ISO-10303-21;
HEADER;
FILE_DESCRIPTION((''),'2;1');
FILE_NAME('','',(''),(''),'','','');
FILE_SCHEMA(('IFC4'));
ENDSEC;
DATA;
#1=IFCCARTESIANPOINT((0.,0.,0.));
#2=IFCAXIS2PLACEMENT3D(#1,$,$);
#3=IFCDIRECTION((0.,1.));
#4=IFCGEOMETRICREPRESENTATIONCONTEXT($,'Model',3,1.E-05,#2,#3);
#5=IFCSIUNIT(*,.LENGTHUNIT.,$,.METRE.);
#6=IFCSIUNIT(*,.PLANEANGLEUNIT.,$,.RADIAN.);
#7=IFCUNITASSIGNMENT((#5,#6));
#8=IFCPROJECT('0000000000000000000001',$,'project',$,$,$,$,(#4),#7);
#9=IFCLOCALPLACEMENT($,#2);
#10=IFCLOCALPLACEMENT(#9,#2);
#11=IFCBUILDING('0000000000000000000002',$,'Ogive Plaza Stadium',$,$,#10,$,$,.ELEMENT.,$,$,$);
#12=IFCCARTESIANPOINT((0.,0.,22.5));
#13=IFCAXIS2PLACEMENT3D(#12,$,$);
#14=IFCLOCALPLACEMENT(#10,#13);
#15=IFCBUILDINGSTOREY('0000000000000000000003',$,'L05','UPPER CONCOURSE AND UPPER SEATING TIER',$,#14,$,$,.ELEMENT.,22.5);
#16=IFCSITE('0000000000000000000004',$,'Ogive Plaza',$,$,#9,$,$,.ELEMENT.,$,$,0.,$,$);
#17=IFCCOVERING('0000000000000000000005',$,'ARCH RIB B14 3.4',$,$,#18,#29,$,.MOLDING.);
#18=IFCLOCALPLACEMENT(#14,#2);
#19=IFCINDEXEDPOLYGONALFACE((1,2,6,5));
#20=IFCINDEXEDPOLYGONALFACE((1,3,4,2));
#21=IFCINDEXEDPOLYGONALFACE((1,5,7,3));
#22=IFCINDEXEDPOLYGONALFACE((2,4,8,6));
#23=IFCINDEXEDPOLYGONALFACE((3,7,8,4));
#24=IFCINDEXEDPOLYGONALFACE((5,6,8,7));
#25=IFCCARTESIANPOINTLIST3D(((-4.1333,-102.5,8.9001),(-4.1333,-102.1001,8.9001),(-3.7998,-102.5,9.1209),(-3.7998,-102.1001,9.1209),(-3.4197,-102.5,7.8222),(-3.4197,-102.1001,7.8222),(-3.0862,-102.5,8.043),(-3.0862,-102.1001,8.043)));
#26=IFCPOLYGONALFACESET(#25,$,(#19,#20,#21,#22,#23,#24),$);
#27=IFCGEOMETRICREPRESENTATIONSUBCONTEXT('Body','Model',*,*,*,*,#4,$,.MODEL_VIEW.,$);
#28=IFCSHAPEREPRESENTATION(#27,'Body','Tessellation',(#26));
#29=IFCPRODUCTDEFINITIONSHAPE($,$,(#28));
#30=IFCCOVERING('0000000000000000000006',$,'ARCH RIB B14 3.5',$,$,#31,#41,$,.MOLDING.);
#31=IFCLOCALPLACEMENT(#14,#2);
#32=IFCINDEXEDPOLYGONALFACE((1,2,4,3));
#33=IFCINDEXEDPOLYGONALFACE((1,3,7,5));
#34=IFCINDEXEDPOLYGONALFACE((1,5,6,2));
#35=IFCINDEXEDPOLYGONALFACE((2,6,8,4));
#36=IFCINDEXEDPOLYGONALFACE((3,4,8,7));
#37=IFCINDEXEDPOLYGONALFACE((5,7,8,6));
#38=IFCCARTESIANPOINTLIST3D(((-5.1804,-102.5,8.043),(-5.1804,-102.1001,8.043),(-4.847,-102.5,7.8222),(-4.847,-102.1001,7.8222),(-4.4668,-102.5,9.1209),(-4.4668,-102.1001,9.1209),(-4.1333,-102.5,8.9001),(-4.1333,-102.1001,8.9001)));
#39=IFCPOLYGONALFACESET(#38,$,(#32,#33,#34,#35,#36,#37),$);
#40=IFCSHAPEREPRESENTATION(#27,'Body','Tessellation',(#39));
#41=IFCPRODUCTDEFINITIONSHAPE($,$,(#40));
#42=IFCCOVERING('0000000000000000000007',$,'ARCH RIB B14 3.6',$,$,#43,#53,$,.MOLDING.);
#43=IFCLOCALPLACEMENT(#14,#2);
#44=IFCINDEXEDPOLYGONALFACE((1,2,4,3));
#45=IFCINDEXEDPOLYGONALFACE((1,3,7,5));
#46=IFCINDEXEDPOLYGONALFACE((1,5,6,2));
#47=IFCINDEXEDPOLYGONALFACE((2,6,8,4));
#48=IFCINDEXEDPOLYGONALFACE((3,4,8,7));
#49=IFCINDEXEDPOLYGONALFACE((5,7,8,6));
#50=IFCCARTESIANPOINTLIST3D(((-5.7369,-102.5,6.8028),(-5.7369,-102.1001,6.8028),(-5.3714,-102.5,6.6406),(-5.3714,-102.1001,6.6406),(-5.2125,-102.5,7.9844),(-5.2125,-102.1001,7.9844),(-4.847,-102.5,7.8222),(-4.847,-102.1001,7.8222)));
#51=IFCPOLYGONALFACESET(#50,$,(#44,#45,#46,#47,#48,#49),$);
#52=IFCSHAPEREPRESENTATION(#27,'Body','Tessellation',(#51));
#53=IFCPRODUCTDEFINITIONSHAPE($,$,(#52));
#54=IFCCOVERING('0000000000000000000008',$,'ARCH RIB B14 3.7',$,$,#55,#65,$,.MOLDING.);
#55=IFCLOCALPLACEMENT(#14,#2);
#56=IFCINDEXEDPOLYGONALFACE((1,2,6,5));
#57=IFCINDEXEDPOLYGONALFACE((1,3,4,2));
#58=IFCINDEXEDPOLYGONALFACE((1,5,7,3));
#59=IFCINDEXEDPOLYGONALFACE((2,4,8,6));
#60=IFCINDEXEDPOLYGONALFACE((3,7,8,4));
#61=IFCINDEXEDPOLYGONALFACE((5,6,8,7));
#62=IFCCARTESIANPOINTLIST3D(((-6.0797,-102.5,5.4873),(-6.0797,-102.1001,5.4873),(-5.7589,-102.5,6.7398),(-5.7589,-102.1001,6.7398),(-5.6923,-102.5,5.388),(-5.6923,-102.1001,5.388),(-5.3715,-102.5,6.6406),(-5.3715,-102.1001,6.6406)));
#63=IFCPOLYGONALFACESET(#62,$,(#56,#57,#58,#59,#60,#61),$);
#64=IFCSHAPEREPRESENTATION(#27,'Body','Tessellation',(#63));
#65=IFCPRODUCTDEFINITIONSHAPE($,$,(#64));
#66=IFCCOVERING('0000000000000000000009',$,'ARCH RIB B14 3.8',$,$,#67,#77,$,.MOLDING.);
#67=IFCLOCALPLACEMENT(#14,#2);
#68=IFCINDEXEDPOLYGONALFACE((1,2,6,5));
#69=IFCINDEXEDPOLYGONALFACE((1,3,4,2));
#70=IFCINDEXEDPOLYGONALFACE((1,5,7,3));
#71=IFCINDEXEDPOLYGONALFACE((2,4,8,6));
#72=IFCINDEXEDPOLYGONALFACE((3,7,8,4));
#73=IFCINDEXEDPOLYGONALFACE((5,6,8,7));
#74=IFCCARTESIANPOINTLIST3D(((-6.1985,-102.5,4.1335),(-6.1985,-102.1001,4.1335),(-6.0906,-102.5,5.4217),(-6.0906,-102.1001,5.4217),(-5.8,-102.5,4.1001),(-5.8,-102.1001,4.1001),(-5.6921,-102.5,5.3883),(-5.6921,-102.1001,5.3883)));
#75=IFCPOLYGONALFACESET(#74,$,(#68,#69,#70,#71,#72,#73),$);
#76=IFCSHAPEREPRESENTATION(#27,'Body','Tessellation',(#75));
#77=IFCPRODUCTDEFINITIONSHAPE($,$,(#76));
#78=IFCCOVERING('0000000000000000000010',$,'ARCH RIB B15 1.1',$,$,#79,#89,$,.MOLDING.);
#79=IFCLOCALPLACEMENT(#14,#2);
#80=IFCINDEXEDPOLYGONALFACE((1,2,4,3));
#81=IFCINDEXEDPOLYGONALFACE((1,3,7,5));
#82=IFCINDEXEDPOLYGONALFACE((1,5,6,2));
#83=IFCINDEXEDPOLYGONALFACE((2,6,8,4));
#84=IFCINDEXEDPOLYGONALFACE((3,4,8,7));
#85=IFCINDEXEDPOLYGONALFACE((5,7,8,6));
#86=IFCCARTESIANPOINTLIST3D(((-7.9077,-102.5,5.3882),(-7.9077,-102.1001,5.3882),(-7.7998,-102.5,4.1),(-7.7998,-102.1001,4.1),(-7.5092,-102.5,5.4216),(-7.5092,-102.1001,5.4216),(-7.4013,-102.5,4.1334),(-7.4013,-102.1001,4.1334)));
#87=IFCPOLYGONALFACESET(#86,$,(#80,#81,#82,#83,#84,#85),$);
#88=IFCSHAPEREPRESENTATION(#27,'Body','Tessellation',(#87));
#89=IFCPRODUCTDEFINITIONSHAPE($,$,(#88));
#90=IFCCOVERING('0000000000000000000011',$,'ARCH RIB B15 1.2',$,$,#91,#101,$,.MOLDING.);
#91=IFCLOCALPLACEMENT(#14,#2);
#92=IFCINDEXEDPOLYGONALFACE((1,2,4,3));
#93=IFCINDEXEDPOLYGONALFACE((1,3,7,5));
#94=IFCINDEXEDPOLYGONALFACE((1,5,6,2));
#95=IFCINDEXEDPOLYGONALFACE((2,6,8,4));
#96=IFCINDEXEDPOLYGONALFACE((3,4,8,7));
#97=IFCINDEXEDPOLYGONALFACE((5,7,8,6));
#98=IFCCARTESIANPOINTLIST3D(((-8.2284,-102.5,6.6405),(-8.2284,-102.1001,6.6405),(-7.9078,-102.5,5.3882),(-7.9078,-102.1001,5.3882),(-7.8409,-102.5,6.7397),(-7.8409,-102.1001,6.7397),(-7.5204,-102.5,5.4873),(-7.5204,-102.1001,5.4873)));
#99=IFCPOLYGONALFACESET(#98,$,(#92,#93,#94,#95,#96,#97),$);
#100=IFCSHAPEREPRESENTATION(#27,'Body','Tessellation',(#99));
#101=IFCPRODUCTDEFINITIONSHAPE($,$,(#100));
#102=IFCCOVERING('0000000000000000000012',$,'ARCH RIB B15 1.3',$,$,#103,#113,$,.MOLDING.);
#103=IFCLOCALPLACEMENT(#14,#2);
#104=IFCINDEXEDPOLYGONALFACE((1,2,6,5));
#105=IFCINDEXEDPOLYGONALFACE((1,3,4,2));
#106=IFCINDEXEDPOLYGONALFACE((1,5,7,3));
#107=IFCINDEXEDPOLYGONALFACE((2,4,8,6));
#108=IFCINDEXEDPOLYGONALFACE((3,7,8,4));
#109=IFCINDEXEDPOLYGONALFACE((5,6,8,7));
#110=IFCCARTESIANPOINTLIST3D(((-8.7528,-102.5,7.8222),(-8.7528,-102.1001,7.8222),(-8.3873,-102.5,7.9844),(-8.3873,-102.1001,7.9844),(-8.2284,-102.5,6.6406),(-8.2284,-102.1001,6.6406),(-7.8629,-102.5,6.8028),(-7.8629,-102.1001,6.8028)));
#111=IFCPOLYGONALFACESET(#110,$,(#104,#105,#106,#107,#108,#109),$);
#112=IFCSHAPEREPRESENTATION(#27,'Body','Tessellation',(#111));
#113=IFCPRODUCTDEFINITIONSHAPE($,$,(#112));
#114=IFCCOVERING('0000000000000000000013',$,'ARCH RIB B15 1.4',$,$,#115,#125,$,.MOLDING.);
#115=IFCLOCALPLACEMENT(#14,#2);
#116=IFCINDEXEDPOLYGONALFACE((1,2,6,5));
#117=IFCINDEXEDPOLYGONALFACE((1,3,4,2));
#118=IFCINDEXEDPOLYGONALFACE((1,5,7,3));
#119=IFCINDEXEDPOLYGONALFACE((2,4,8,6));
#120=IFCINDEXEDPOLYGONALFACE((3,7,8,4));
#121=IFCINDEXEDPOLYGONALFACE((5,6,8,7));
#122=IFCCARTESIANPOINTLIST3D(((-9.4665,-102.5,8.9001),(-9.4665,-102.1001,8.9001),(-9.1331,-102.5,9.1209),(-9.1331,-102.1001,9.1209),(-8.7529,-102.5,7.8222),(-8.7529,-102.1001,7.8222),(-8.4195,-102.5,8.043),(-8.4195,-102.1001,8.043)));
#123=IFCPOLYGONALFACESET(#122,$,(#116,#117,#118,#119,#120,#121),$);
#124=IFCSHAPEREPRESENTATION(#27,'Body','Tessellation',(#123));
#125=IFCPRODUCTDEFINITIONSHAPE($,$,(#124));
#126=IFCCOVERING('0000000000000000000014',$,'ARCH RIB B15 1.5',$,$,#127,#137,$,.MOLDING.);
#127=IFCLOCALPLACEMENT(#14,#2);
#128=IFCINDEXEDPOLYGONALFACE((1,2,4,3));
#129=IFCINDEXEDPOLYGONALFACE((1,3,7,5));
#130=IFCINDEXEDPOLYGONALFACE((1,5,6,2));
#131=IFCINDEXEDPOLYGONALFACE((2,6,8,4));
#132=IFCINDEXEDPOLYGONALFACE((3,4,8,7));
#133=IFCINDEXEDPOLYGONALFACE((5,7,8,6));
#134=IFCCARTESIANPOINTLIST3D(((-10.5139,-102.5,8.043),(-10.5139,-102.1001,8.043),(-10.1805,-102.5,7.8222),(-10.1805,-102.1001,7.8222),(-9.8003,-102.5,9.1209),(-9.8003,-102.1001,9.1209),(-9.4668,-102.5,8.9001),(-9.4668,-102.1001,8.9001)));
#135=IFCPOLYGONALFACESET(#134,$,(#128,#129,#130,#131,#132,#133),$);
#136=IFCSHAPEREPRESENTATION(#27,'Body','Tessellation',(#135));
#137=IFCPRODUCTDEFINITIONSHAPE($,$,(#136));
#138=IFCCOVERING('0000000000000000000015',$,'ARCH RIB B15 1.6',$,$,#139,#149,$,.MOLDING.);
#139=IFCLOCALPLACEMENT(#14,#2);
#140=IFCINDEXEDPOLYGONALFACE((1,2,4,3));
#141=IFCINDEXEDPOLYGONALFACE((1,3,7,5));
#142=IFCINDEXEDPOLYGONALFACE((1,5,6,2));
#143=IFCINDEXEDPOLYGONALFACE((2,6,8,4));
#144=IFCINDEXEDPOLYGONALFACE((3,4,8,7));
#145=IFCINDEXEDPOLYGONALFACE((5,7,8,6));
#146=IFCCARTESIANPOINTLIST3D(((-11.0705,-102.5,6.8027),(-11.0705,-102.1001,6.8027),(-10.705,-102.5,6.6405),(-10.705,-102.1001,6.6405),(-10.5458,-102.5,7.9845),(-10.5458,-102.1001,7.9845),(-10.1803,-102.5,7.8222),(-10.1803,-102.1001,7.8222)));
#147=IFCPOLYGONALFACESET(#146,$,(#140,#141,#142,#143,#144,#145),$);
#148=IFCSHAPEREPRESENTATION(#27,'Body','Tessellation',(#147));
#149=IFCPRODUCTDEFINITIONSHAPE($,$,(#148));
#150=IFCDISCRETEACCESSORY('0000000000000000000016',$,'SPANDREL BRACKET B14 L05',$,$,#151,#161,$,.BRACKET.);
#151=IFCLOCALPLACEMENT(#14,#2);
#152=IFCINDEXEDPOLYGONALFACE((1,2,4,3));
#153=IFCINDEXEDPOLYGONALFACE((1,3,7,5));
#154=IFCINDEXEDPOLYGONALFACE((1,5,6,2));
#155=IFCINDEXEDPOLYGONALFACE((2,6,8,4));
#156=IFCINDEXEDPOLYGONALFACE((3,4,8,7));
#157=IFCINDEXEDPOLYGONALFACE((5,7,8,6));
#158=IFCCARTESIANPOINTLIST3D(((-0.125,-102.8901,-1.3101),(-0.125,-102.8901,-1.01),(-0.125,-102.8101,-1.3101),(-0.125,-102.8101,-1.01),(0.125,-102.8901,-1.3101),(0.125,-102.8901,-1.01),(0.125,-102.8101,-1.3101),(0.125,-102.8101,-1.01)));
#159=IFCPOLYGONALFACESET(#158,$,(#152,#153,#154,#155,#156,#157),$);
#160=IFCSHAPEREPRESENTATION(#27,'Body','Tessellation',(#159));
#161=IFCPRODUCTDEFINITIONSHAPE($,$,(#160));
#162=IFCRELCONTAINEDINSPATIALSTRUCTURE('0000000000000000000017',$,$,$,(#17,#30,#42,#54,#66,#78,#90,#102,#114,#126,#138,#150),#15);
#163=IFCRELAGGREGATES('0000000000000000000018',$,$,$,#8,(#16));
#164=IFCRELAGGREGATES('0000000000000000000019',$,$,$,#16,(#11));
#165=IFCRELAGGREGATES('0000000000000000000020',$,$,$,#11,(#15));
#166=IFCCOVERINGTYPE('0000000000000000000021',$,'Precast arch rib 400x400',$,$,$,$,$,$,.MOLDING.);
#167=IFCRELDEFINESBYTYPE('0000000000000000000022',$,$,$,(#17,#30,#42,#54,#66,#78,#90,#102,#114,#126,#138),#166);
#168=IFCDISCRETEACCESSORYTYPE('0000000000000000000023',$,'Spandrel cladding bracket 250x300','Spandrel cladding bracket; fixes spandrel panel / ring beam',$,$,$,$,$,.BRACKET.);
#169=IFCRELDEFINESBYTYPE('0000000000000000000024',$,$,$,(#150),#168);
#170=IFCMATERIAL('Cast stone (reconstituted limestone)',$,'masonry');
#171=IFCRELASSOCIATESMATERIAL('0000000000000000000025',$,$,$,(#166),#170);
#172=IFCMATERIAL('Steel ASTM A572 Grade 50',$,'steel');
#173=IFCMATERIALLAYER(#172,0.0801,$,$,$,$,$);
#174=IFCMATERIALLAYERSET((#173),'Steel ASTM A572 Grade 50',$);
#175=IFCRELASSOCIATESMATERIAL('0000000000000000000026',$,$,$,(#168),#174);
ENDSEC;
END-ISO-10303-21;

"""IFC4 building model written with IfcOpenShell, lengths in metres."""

from ifc_helpers import new_model, si_unit, direction, frame, origin, origin_2d, place, context, subcontext, project, spatial, rectangle, extrude, material, layer, layer_set, material_profile, profile_set, type_object, element, save


model = new_model("IFC4")

# Units and contexts
model_context = context("Model", 3, precision=1e-05, world=origin(), true_north=direction((0.0, 1.0)))
body_context = subcontext(model_context, "Body", "Model", "MODEL_VIEW")
ifc_project = project(units=[si_unit("LENGTHUNIT", "METRE"), si_unit("PLANEANGLEUNIT", "RADIAN")], contexts=[model_context])

# Site, building, storey
site_placement = place(None, origin())
site = spatial("IfcSite", under=ifc_project, at=site_placement, Name="Ogive Plaza", CompositionType="ELEMENT", RefElevation=0.0)
building_placement = place(site_placement, origin())
building = spatial("IfcBuilding", under=site, at=building_placement, Name="Ogive Plaza Stadium", CompositionType="ELEMENT")
storey_placement = place(building_placement, frame((0.0, 0.0, 22.5)))
storey = spatial("IfcBuildingStorey", under=building, at=storey_placement, Name="L05", Description="UPPER CONCOURSE AND UPPER SEATING TIER", CompositionType="ELEMENT", Elevation=22.5)

# Coverings
ifc_material_1 = material(Name="Cast stone (reconstituted limestone)", Category="masonry")
ifc_material_profile_1 = material_profile(ifc_material_1, rectangle(XDim=0.3999, YDim=0.3999, at=origin_2d()), Name="Cast stone 400x400")
ifc_profile_set_1 = profile_set([ifc_material_profile_1], Name="Cast stone (reconstituted limestone)")
covering_type = type_object("IfcCoveringType", Name="Precast arch rib 400x400", PredefinedType="MOLDING", material=ifc_profile_set_1)
for number, where, z_axis, x_axis, name in (
    (1, (-3.2529, -102.3, 7.9326), (-0.552039, 0.0, 0.833818), (0.0, -1.0, 0.0), "ARCH RIB B14 3.4"),
    (2, (-4.3, -102.3, 9.0105), (-0.552039, 0.0, -0.833818), (0.0, -1.0, 0.0), "ARCH RIB B14 3.5"),
    (3, (-5.0298, -102.3, 7.9033), (-0.405648, 0.0, -0.914029), (0.0, -1.0, 0.0), "ARCH RIB B14 3.6"),
):
    element("IfcCovering", number, at=place(storey_placement, frame(where, z_axis=z_axis, x_axis=x_axis)), inside=storey, type_object=covering_type, Name=name, PredefinedType="MOLDING", context=body_context, shape_type="SweptSolid", body=[
        extrude(rectangle(XDim=0.3999, YDim=0.3999, at=origin_2d()), origin(), (0.0, 0.0, 1.0), 1.2927),
    ])
covering_1_placement = place(storey_placement, frame((-5.5652, -102.3, 6.6902), z_axis=(-0.24813, 0.0, -0.968727), x_axis=(0.0, -1.0, 0.0)))
element("IfcCovering", 4, at=covering_1_placement, inside=storey, type_object=covering_type, Name="ARCH RIB B14 3.7", PredefinedType="MOLDING", context=body_context, shape_type="SweptSolid", body=[
    extrude(rectangle(XDim=0.3999, YDim=0.3999, at=origin_2d()), origin(), (0.0, 0.0, 1.0), 1.293),
])
for number, where, z_axis, x_axis, name in (
    (5, (-5.8914, -102.3, 5.405), (-0.083467, 0.0, -0.996511), (0.0, -1.0, 0.0), "ARCH RIB B14 3.8"),
    (6, (-7.6006, -102.3, 4.1167), (-0.083467, 0.0, 0.996511), (0.0, -1.0, 0.0), "ARCH RIB B15 1.1"),
    (7, (-7.7141, -102.3, 5.4377), (-0.247953, 0.0, 0.968772), (0.0, -1.0, 0.0), "ARCH RIB B15 1.2"),
    (8, (-8.0457, -102.3, 6.7217), (-0.405648, 0.0, 0.914029), (0.0, -1.0, 0.0), "ARCH RIB B15 1.3"),
    (9, (-8.5862, -102.3, 7.9326), (-0.552039, 0.0, 0.833818), (0.0, -1.0, 0.0), "ARCH RIB B15 1.4"),
    (10, (-9.6335, -102.3, 9.0105), (-0.552039, 0.0, -0.833818), (0.0, -1.0, 0.0), "ARCH RIB B15 1.5"),
):
    element("IfcCovering", number, at=place(storey_placement, frame(where, z_axis=z_axis, x_axis=x_axis)), inside=storey, type_object=covering_type, Name=name, PredefinedType="MOLDING", context=body_context, shape_type="SweptSolid", body=[
        extrude(rectangle(XDim=0.3999, YDim=0.3999, at=origin_2d()), origin(), (0.0, 0.0, 1.0), 1.2927),
    ])
covering_2_placement = place(storey_placement, frame((-10.363, -102.3, 7.9033), z_axis=(-0.405806, 0.0, -0.913959), x_axis=(0.0, -1.0, 0.0)))
element("IfcCovering", 11, at=covering_2_placement, inside=storey, type_object=covering_type, Name="ARCH RIB B15 1.6", PredefinedType="MOLDING", context=body_context, shape_type="SweptSolid", body=[
    extrude(rectangle(XDim=0.3999, YDim=0.3999, at=origin_2d()), origin(), (0.0, 0.0, 1.0), 1.293),
])

# Discrete accessory
ifc_material_2 = material(Name="Steel ASTM A572 Grade 50", Category="steel")
ifc_layer_1 = layer(ifc_material_2, 0.0801)
ifc_layer_set_1 = layer_set([ifc_layer_1], Name="Steel ASTM A572 Grade 50")
discrete_accessory_type = type_object("IfcDiscreteAccessoryType", Name="Spandrel cladding bracket 250x300", Description="Spandrel cladding bracket; fixes spandrel panel / ring beam", PredefinedType="BRACKET", material=ifc_layer_set_1)
discrete_accessory_placement = place(storey_placement, frame((0.0, -102.8501, -1.3101), z_axis=(0.0, 0.0, 1.0), x_axis=(-1.0, 0.0, 0.0)))
element("IfcDiscreteAccessory", 12, at=discrete_accessory_placement, inside=storey, type_object=discrete_accessory_type, Name="SPANDREL BRACKET B14 L05", PredefinedType="BRACKET", context=body_context, shape_type="SweptSolid", body=[
    extrude(rectangle(XDim=0.25, YDim=0.0801, at=origin_2d()), origin(), (0.0, 0.0, 1.0), 0.3),
])

save(model, "model.ifc")
